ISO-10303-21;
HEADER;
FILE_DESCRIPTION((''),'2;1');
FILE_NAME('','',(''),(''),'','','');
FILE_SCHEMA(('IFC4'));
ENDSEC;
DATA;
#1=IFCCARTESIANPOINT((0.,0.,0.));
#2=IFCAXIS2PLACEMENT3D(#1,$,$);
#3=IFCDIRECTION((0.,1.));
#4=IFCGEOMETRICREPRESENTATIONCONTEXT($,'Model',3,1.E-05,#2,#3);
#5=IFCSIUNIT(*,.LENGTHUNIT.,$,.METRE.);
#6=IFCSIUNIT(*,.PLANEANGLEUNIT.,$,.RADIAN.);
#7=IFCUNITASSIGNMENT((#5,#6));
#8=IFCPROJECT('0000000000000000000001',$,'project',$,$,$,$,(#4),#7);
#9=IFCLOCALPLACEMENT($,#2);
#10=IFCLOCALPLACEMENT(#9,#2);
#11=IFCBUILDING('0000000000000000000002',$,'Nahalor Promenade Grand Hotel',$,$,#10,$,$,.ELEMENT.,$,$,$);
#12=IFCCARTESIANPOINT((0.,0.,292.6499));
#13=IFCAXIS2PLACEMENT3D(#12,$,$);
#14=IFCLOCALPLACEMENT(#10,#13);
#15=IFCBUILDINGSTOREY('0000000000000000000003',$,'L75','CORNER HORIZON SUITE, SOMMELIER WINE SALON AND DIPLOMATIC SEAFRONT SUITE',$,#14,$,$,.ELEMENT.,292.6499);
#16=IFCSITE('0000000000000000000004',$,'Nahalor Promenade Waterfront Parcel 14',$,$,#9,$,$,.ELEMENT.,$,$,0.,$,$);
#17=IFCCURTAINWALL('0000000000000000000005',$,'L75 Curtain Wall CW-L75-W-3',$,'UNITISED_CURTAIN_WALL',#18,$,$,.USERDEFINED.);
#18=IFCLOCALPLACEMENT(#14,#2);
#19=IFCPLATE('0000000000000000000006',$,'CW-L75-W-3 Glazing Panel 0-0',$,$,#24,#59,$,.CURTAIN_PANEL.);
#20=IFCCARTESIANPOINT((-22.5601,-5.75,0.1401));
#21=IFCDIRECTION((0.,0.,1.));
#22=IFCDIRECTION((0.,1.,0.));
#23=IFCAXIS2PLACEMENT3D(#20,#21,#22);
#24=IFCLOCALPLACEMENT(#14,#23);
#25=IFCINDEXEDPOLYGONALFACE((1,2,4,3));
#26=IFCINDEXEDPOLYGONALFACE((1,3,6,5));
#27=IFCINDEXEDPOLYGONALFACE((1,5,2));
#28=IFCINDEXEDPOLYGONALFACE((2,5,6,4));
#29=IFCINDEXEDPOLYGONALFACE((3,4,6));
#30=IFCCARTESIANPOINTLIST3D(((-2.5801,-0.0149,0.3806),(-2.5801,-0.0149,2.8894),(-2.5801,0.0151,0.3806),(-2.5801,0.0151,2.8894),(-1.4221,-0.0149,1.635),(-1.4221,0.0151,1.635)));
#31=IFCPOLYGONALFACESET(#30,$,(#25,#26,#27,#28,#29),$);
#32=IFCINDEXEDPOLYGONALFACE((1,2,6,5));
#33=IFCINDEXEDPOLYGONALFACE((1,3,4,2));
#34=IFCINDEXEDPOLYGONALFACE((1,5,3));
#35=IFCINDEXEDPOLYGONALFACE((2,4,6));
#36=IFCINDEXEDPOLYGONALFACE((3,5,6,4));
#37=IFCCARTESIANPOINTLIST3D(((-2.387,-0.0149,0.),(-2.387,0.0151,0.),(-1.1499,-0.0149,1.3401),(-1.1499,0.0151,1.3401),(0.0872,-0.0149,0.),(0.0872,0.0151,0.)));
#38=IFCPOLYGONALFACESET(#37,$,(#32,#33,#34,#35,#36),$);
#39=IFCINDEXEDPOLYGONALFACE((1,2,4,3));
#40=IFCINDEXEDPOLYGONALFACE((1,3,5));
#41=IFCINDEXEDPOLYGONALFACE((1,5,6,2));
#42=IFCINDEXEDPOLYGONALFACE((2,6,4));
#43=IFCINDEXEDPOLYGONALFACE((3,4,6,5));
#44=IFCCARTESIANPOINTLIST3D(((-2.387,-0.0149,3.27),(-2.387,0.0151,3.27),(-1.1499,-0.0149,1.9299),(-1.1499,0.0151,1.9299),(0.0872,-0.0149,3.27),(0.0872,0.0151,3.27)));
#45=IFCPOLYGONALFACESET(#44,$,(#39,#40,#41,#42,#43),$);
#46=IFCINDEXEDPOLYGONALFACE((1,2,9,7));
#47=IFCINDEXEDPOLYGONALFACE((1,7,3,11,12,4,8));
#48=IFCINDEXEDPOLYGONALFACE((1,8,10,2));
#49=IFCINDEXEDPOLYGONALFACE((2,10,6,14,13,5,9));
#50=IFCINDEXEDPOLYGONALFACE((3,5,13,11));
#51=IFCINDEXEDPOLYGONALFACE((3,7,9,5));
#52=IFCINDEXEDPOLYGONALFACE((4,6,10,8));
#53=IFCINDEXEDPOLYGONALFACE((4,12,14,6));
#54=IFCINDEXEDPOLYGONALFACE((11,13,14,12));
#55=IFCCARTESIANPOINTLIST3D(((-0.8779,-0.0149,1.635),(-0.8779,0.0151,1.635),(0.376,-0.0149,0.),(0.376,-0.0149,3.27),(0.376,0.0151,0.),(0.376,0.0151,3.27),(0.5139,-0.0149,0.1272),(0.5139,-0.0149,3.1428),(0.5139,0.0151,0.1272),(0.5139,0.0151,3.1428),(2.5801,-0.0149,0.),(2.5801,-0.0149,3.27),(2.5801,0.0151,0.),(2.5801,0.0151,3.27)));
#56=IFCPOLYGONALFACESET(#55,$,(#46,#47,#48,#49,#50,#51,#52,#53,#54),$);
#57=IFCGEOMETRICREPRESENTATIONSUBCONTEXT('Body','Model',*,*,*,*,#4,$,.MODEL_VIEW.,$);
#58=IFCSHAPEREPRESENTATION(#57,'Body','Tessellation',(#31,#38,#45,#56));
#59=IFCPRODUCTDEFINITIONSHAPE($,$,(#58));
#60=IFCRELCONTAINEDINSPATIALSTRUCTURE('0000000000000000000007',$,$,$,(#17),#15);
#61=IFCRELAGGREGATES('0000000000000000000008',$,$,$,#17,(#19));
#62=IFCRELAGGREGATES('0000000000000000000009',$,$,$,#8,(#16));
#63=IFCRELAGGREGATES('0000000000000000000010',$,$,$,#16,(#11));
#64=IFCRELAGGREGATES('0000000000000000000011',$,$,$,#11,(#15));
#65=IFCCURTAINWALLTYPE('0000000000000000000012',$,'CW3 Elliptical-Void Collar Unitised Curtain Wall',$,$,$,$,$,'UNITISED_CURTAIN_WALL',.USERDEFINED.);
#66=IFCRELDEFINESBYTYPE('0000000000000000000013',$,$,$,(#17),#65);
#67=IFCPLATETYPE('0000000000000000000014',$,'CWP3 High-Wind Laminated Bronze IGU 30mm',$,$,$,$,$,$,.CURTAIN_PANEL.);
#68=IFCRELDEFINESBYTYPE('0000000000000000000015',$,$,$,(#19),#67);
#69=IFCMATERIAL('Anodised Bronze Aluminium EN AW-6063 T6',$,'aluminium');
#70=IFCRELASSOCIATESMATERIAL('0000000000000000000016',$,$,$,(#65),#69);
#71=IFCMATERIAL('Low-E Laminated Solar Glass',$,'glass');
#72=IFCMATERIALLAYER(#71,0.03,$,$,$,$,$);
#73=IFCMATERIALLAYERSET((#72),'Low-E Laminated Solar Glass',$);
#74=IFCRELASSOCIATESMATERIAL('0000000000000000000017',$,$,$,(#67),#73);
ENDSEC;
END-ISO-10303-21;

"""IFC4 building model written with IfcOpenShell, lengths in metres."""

from ifc_helpers import new_model, si_unit, direction, frame, origin, place, context, subcontext, project, spatial, polyline, outline, extrude, material, layer, layer_set, type_object, element, aggregate, save


model = new_model("IFC4")

# Units and contexts
model_context = context("Model", 3, precision=1e-05, world=origin(), true_north=direction((0.0, 1.0)))
body_context = subcontext(model_context, "Body", "Model", "MODEL_VIEW")
ifc_project = project(units=[si_unit("LENGTHUNIT", "METRE"), si_unit("PLANEANGLEUNIT", "RADIAN")], contexts=[model_context])

# Site, building, storey
site_placement = place(None, origin())
site = spatial("IfcSite", under=ifc_project, at=site_placement, Name="Nahalor Promenade Waterfront Parcel 14", CompositionType="ELEMENT", RefElevation=0.0)
building_placement = place(site_placement, origin())
building = spatial("IfcBuilding", under=site, at=building_placement, Name="Nahalor Promenade Grand Hotel", CompositionType="ELEMENT")
storey_placement = place(building_placement, frame((0.0, 0.0, 292.6499)))
storey = spatial("IfcBuildingStorey", under=building, at=storey_placement, Name="L75", Description="CORNER HORIZON SUITE, SOMMELIER WINE SALON AND DIPLOMATIC SEAFRONT SUITE", CompositionType="ELEMENT", Elevation=292.6499)

# Curtain wall
ifc_material_1 = material(Name="Anodised Bronze Aluminium EN AW-6063 T6", Category="aluminium")
curtain_wall_type = type_object("IfcCurtainWallType", Name="CW3 Elliptical-Void Collar Unitised Curtain Wall", ElementType="UNITISED_CURTAIN_WALL", PredefinedType="USERDEFINED", material=ifc_material_1)
curtain_wall_1_placement = place(storey_placement, origin())
curtain_wall_1 = element("IfcCurtainWall", 1, at=curtain_wall_1_placement, inside=storey, type_object=curtain_wall_type, Name="L75 Curtain Wall CW-L75-W-3", ObjectType="UNITISED_CURTAIN_WALL", PredefinedType="USERDEFINED")

# Plate
ifc_material_2 = material(Name="Low-E Laminated Solar Glass", Category="glass")
ifc_layer_1 = layer(ifc_material_2, 0.03)
ifc_layer_set_1 = layer_set([ifc_layer_1], Name="Low-E Laminated Solar Glass")
plate_type_1 = type_object("IfcPlateType", Name="CWP3 High-Wind Laminated Bronze IGU 30mm", PredefinedType="CURTAIN_PANEL", material=ifc_layer_set_1)
plate_1_placement = place(storey_placement, frame((-22.5601, -5.75, 0.1401), z_axis=(0.0, 0.0, 1.0), x_axis=(0.0, 1.0, 0.0)))
plate_1 = element("IfcPlate", 2, at=plate_1_placement, type_object=plate_type_1, Name="CW-L75-W-3 Glazing Panel 0-0", PredefinedType="CURTAIN_PANEL", context=body_context, shape_type="SweptSolid", body=[
    extrude(outline(polyline([(-1.4221, 1.635), (-2.5801, 2.8894), (-2.5801, 0.3806), (-1.4221, 1.635)])), frame((0.0, 0.0151, 0.0), z_axis=(0.0, -1.0, 0.0), x_axis=(1.0, 0.0, 0.0)), (0.0, 0.0, 1.0), 0.03),
    extrude(outline(polyline([(-1.1499, 1.3401), (-2.387, 0.0), (0.0872, 0.0), (-1.1499, 1.3401)])), frame((0.0, 0.0151, 0.0), z_axis=(0.0, -1.0, 0.0), x_axis=(1.0, 0.0, 0.0)), (0.0, 0.0, 1.0), 0.03),
    extrude(outline(polyline([(-1.1499, 1.9299), (0.0872, 3.27), (-2.387, 3.27), (-1.1499, 1.9299)])), frame((0.0, 0.0151, 0.0), z_axis=(0.0, -1.0, 0.0), x_axis=(1.0, 0.0, 0.0)), (0.0, 0.0, 1.0), 0.03),
    extrude(outline(polyline([(2.5801, 0.0), (2.5801, 3.27), (0.376, 3.27), (0.5139, 3.1428), (-0.8779, 1.635), (0.5139, 0.1272), (0.376, 0.0), (2.5801, 0.0)])), frame((0.0, 0.0151, 0.0), z_axis=(0.0, -1.0, 0.0), x_axis=(1.0, 0.0, 0.0)), (0.0, 0.0, 1.0), 0.03),
])
aggregate(curtain_wall_1, [plate_1])

save(model, "model.ifc")
